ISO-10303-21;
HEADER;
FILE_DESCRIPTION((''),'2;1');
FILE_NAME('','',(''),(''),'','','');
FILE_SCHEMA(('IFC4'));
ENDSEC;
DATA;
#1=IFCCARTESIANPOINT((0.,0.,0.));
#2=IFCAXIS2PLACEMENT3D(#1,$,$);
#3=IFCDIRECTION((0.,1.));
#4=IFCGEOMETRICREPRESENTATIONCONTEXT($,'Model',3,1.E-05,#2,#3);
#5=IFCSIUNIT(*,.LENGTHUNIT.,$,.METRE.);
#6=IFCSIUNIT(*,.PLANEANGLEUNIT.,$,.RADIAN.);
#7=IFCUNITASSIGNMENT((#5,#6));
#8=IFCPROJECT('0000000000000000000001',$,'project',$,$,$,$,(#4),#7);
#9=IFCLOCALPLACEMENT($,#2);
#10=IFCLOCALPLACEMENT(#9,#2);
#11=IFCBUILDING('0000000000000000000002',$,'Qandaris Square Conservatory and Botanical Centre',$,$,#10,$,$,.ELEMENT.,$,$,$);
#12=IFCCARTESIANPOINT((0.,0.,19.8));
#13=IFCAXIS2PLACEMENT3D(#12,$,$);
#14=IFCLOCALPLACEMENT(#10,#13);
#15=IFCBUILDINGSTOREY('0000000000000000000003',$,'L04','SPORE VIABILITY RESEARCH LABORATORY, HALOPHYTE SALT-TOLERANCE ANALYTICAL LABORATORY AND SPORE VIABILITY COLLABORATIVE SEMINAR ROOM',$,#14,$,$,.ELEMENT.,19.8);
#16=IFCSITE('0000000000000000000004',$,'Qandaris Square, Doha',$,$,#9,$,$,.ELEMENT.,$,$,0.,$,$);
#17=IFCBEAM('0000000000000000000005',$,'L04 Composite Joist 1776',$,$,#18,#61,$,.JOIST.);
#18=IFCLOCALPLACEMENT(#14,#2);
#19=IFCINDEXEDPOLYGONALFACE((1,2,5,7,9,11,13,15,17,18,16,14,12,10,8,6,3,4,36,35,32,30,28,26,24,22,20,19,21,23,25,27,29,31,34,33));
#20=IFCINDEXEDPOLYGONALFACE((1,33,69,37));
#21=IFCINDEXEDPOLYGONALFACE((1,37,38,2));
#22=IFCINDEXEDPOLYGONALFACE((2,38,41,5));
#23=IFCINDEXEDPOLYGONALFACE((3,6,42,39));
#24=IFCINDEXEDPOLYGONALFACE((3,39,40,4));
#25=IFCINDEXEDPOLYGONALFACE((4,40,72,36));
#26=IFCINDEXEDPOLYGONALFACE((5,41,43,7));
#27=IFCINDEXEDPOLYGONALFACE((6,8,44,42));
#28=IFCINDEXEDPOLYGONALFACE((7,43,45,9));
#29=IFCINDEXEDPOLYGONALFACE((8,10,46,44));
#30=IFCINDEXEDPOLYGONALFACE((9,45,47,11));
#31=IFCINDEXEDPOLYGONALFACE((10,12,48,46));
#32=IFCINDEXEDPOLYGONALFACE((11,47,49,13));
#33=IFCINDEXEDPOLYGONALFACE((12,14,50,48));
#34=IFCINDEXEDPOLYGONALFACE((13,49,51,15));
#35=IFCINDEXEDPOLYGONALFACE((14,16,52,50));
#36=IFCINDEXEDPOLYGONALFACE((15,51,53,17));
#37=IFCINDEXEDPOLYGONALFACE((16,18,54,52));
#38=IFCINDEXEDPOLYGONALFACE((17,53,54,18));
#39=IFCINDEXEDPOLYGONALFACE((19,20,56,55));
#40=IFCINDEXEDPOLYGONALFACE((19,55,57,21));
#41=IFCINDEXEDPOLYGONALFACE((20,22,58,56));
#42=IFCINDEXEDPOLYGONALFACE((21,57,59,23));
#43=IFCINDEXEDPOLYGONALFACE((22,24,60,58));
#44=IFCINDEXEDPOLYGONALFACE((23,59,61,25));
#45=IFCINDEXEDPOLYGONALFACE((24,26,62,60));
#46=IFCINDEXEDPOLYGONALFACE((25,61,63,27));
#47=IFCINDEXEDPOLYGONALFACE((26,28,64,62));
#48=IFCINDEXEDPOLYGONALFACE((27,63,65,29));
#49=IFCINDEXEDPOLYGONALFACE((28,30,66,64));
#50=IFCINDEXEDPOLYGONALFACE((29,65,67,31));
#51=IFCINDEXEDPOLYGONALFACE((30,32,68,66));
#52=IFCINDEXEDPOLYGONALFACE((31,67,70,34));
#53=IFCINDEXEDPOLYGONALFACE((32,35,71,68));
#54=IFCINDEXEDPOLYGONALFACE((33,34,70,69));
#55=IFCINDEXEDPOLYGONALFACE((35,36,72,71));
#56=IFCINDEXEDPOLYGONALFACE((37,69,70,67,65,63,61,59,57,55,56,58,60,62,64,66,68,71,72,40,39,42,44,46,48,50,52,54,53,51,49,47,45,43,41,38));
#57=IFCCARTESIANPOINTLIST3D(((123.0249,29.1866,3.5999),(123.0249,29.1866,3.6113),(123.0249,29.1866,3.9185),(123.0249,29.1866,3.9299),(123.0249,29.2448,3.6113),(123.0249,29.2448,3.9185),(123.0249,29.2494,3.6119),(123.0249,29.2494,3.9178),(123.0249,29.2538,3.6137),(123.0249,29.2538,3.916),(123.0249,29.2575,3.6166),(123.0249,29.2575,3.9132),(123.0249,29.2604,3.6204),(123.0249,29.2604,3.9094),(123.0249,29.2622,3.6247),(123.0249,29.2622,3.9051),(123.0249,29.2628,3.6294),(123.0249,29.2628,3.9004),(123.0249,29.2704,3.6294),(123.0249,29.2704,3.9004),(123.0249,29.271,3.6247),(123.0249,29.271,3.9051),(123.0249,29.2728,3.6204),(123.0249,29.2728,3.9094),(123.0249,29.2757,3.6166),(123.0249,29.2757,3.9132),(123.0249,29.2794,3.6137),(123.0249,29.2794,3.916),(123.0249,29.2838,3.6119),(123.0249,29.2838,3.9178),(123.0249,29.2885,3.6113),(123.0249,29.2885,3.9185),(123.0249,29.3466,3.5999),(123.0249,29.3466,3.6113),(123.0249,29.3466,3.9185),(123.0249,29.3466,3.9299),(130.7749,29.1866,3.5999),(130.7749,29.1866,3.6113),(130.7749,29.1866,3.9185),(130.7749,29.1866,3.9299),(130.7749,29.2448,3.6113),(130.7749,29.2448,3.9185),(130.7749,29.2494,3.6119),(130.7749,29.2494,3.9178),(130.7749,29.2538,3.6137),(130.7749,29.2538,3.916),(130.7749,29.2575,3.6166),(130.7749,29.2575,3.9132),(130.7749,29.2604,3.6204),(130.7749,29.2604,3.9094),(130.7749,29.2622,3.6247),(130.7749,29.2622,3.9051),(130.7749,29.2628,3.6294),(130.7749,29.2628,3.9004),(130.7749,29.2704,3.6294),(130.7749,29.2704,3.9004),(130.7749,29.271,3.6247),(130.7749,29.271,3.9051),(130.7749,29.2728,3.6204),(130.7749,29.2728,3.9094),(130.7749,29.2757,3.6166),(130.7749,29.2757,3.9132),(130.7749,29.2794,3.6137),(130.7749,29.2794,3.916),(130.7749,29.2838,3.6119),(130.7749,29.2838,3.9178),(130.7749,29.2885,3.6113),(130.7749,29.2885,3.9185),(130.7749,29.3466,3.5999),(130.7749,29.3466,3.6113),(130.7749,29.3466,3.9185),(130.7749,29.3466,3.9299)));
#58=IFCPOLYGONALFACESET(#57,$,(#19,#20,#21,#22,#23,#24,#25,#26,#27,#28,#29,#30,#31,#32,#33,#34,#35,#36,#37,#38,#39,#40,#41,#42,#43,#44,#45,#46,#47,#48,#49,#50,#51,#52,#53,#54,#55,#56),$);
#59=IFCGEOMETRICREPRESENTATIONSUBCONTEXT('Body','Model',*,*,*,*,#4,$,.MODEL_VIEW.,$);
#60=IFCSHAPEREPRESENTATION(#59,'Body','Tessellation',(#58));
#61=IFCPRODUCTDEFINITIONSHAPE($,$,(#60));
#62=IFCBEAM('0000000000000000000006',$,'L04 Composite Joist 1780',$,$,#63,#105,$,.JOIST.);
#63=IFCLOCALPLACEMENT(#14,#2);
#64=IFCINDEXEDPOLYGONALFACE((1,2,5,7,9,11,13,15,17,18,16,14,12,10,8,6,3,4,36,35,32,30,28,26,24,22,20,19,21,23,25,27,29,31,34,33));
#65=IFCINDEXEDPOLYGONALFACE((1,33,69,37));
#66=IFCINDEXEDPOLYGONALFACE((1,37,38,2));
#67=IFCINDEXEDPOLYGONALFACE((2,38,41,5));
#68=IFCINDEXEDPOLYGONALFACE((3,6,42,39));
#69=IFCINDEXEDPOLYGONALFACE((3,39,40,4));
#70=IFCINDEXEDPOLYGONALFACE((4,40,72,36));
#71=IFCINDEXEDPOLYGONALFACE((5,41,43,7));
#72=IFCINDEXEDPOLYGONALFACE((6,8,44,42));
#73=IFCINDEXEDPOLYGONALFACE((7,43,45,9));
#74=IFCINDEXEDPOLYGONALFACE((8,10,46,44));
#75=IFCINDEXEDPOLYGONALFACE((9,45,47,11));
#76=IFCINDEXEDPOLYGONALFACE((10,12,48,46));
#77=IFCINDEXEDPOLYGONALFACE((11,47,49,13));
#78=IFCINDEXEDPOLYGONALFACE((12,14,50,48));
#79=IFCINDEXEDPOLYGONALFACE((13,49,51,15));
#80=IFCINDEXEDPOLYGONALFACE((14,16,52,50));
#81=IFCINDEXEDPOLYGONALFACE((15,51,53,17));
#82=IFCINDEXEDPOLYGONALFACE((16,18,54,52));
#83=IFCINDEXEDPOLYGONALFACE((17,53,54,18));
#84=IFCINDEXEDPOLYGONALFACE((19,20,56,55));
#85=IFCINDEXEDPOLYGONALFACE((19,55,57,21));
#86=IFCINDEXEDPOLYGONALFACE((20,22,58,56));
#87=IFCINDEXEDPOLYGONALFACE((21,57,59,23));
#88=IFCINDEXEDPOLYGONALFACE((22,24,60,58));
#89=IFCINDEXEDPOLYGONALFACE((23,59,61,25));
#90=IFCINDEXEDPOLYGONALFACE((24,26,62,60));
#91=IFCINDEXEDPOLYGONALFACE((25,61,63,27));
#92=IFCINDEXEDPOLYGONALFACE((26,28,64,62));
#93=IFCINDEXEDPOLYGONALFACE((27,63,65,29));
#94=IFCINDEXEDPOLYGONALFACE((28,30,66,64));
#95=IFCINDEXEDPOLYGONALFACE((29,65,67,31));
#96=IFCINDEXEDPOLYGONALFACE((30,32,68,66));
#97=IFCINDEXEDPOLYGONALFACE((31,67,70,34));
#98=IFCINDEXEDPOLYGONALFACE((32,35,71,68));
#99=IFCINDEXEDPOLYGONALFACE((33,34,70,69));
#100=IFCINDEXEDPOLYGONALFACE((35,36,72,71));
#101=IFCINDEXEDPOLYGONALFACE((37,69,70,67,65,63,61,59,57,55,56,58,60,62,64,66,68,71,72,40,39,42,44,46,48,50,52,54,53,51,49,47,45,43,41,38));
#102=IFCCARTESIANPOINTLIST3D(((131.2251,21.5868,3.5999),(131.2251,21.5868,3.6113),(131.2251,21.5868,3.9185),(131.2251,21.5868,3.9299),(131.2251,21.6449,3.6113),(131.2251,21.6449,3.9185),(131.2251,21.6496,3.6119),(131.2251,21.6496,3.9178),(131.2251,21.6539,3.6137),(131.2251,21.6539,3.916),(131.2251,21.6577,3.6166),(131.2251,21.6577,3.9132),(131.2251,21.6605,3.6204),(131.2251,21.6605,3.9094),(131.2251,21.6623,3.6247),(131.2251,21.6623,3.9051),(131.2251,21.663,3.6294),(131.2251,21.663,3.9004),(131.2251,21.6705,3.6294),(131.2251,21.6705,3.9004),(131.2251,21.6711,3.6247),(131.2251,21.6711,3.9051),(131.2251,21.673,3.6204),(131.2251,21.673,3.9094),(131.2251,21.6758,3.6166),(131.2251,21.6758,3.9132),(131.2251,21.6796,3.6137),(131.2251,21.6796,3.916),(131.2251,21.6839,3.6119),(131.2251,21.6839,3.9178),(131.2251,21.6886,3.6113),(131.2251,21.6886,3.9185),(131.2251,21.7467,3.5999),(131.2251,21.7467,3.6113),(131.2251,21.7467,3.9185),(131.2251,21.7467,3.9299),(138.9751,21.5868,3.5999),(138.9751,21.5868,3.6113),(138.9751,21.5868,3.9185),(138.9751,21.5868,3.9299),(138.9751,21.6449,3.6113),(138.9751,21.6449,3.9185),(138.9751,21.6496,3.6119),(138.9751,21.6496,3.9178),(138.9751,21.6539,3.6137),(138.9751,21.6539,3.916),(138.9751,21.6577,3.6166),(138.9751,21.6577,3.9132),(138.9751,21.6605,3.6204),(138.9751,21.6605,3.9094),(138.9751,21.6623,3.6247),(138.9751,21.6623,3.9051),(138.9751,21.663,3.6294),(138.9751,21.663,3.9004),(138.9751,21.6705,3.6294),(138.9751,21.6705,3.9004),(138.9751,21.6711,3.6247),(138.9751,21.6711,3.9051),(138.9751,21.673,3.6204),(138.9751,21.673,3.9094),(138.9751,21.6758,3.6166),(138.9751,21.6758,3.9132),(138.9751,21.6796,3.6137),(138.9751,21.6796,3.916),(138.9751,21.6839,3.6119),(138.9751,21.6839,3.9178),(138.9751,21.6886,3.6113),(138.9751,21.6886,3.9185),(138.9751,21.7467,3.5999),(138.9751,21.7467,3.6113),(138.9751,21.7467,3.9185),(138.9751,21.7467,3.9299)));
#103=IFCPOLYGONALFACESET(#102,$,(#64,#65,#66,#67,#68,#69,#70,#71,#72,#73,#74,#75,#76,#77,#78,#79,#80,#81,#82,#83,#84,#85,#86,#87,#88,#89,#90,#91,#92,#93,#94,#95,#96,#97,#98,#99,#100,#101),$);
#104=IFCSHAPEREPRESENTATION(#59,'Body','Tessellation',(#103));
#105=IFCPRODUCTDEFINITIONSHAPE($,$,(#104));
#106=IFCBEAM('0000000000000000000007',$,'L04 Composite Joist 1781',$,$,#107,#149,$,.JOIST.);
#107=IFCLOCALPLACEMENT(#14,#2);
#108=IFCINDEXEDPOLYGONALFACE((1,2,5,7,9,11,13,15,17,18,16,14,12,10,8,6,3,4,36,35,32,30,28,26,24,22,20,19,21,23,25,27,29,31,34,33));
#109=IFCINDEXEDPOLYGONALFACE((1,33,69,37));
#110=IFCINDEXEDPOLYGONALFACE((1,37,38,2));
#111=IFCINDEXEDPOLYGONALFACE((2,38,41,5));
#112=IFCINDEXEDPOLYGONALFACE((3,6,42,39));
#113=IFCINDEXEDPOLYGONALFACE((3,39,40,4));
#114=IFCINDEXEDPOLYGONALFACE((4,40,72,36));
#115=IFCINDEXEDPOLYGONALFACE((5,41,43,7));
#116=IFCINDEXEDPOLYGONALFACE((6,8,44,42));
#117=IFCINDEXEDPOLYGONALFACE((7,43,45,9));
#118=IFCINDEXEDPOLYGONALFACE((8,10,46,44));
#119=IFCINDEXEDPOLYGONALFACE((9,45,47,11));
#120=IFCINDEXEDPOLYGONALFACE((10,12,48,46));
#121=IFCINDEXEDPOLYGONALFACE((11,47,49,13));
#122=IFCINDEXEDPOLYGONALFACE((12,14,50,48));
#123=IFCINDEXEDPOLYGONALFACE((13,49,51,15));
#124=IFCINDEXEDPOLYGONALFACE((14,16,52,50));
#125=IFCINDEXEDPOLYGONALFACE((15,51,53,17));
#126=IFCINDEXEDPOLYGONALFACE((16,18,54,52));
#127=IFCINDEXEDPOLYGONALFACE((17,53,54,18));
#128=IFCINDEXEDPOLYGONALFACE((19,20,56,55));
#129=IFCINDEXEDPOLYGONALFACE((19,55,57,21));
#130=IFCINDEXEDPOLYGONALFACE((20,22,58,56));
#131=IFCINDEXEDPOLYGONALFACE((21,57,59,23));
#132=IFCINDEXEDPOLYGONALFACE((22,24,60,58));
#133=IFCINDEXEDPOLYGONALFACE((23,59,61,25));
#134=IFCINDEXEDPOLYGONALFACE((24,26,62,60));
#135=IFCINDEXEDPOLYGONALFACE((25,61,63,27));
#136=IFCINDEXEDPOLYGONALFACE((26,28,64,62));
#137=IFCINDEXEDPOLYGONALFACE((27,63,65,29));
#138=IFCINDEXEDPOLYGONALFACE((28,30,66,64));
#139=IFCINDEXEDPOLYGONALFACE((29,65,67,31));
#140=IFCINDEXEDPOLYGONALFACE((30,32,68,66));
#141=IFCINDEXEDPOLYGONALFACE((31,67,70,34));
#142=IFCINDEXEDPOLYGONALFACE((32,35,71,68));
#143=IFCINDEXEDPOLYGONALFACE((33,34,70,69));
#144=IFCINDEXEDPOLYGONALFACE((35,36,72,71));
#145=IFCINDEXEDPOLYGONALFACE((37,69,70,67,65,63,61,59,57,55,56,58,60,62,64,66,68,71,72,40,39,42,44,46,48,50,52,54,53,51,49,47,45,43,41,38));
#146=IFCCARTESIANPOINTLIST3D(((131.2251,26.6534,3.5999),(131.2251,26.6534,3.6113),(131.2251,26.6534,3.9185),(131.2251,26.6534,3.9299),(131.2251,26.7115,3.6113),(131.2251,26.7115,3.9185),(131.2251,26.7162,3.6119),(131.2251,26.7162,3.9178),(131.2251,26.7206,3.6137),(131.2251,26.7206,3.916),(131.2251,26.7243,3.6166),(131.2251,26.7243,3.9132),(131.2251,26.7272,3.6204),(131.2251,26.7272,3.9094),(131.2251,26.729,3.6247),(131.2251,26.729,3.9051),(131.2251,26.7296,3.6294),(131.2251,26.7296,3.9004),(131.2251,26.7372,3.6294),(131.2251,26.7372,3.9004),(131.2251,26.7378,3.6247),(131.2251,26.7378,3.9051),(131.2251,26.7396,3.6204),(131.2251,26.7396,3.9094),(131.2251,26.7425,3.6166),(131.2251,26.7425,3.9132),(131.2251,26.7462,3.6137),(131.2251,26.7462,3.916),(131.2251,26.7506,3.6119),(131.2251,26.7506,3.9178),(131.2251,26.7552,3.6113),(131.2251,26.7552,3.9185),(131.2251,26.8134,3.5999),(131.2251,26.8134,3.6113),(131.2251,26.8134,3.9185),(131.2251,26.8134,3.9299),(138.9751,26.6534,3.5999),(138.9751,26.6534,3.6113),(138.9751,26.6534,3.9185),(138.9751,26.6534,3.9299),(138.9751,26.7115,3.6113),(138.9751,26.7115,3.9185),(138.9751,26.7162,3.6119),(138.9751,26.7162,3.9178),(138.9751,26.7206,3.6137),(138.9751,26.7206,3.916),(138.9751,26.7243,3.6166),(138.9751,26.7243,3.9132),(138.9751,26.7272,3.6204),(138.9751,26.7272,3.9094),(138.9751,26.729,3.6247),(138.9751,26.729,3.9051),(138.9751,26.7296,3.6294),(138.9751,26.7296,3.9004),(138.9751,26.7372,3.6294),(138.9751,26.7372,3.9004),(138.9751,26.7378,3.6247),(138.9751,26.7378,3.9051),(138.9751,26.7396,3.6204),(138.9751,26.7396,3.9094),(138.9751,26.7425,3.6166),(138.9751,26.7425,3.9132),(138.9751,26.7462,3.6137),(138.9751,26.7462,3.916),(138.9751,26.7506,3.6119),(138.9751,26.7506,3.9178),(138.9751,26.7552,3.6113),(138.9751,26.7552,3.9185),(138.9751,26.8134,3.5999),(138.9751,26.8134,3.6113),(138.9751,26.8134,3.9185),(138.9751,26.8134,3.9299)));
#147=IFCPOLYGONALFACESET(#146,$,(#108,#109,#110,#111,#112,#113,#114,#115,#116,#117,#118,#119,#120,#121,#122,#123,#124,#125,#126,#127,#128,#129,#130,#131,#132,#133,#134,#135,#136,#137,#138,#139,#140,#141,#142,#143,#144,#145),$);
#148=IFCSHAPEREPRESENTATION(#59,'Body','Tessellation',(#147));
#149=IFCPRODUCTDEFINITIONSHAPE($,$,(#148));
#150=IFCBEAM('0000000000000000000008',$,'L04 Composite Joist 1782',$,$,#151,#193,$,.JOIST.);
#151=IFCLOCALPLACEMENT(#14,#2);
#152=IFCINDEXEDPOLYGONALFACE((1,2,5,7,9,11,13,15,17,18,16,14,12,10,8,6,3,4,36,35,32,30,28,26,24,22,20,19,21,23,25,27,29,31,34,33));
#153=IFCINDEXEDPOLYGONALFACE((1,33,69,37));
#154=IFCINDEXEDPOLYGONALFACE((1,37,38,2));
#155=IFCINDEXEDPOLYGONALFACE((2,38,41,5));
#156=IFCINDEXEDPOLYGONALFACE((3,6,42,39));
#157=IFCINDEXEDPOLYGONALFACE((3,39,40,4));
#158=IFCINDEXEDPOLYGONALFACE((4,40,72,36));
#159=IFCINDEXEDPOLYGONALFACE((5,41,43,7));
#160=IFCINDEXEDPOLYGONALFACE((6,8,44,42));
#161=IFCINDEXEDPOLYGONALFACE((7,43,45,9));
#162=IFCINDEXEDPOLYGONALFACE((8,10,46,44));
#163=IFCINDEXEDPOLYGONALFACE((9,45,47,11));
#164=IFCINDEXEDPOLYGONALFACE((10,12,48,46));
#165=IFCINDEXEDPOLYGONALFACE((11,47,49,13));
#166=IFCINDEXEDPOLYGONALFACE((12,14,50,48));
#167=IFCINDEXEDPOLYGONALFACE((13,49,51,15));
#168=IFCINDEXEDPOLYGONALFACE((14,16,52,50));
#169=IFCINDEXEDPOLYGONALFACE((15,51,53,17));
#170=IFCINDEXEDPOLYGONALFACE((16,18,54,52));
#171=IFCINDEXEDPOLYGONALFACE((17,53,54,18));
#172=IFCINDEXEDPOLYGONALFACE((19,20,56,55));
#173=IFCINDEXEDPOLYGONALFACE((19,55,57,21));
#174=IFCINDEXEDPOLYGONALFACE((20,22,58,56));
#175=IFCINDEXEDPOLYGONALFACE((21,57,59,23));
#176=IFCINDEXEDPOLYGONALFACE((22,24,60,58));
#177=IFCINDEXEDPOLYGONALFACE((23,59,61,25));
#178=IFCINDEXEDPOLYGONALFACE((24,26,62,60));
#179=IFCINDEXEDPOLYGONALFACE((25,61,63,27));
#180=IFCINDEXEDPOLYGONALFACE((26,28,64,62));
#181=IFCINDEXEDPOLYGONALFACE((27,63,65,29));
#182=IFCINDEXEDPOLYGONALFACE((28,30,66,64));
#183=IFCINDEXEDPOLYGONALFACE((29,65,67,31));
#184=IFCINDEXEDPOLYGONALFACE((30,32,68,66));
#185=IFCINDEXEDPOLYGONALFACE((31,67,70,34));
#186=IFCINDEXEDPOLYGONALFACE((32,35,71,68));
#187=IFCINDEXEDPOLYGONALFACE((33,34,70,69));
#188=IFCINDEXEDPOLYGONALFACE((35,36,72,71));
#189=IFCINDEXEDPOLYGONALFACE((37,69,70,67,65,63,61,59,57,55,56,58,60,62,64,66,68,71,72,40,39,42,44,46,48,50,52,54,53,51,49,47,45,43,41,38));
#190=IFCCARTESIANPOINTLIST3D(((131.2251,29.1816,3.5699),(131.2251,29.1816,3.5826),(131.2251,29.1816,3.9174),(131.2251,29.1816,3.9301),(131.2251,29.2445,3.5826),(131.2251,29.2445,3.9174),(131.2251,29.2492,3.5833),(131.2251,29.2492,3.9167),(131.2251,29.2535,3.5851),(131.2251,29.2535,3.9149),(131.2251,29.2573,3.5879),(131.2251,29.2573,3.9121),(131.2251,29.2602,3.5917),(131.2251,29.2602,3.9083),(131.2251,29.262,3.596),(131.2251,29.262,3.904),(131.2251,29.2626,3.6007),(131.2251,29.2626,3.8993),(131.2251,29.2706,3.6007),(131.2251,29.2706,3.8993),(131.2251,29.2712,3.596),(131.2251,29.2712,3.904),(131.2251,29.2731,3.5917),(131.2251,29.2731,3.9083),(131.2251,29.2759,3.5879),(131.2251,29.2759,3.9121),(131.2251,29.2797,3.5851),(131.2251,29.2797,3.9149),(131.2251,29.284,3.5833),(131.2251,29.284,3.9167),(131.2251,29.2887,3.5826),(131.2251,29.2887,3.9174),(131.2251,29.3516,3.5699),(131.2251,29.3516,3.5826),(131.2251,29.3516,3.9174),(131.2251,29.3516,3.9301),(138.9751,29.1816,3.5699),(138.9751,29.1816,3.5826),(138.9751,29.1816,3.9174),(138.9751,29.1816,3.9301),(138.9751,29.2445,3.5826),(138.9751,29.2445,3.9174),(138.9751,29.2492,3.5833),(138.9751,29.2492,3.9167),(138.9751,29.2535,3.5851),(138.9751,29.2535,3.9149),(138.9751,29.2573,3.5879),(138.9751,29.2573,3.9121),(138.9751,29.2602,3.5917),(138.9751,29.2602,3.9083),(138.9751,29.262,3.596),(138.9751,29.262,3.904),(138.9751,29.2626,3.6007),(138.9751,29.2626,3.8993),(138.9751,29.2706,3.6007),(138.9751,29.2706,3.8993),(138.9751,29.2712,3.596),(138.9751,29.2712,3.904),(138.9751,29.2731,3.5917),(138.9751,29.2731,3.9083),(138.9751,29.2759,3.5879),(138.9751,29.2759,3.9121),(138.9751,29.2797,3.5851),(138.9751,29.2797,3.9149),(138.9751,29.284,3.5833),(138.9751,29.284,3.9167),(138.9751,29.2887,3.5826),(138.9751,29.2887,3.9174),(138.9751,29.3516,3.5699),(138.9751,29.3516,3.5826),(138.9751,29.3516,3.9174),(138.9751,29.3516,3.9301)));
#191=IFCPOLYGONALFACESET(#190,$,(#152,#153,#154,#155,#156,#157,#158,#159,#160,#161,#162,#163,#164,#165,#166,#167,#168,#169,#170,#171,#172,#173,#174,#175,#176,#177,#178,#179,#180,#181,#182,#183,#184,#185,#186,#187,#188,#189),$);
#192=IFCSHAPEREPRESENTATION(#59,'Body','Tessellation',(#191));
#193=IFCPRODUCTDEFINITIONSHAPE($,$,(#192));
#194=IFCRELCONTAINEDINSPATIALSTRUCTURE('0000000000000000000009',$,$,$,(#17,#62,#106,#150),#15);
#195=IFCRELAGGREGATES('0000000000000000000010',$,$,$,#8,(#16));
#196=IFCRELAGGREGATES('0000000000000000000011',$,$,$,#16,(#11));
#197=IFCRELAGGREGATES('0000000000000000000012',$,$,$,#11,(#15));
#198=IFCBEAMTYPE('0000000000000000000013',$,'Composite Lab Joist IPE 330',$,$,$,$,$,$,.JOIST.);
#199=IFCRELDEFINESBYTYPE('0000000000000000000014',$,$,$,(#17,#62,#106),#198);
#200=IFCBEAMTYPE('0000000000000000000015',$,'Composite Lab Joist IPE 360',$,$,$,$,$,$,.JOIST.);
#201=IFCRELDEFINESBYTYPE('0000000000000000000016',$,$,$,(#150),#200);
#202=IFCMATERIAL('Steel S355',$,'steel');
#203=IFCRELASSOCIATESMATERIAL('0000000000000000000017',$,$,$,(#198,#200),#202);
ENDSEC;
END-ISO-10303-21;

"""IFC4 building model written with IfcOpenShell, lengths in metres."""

from ifc_helpers import new_model, si_unit, direction, frame, origin, origin_2d, place, context, subcontext, project, spatial, i_section, extrude, material, material_profile, profile_set, type_object, element, save


model = new_model("IFC4")

# Units and contexts
model_context = context("Model", 3, precision=1e-05, world=origin(), true_north=direction((0.0, 1.0)))
body_context = subcontext(model_context, "Body", "Model", "MODEL_VIEW")
ifc_project = project(units=[si_unit("LENGTHUNIT", "METRE"), si_unit("PLANEANGLEUNIT", "RADIAN")], contexts=[model_context])

# Site, building, storey
site_placement = place(None, origin())
site = spatial("IfcSite", under=ifc_project, at=site_placement, Name="Qandaris Square, Doha", CompositionType="ELEMENT", RefElevation=0.0)
building_placement = place(site_placement, origin())
building = spatial("IfcBuilding", under=site, at=building_placement, Name="Qandaris Square Conservatory and Botanical Centre", CompositionType="ELEMENT")
storey_placement = place(building_placement, frame((0.0, 0.0, 19.8)))
storey = spatial("IfcBuildingStorey", under=building, at=storey_placement, Name="L04", Description="SPORE VIABILITY RESEARCH LABORATORY, HALOPHYTE SALT-TOLERANCE ANALYTICAL LABORATORY AND SPORE VIABILITY COLLABORATIVE SEMINAR ROOM", CompositionType="ELEMENT", Elevation=19.8)

# Beams
ifc_material_1 = material(Name="Steel S355", Category="steel")
ifc_material_profile_1 = material_profile(ifc_material_1, i_section(OverallWidth=0.1599, OverallDepth=0.3301, WebThickness=0.0076, FlangeThickness=0.0115, FilletRadius=0.0181, at=origin_2d()), Name="IPE 330")
ifc_profile_set_1 = profile_set([ifc_material_profile_1], Name="Steel S355")
beam_type_1 = type_object("IfcBeamType", Name="Composite Lab Joist IPE 330", PredefinedType="JOIST", material=ifc_profile_set_1)
for number, where, z_axis, x_axis, name in (
    (1, (123.0249, 29.2666, 3.7649), (1.0, 0.0, 0.0), (0.0, 1.0, 0.0), "L04 Composite Joist 1776"),
    (2, (131.2251, 21.6667, 3.7649), (1.0, 0.0, 0.0), (0.0, 1.0, 0.0), "L04 Composite Joist 1780"),
    (3, (131.2251, 26.7334, 3.7649), (1.0, 0.0, 0.0), (0.0, 1.0, 0.0), "L04 Composite Joist 1781"),
):
    element("IfcBeam", number, at=place(storey_placement, frame(where, z_axis=z_axis, x_axis=x_axis)), inside=storey, type_object=beam_type_1, Name=name, PredefinedType="JOIST", context=body_context, shape_type="SweptSolid", body=[
        extrude(i_section(OverallWidth=0.1599, OverallDepth=0.3301, WebThickness=0.0076, FlangeThickness=0.0115, FilletRadius=0.0181, at=origin_2d()), origin(), (0.0, 0.0, 1.0), 7.75),
    ])
ifc_material_profile_2 = material_profile(ifc_material_1, i_section(OverallWidth=0.1699, OverallDepth=0.3601, WebThickness=0.0081, FlangeThickness=0.0127, FilletRadius=0.0181, at=origin_2d()), Name="IPE 360")
ifc_profile_set_2 = profile_set([ifc_material_profile_2], Name="Steel S355")
beam_type_2 = type_object("IfcBeamType", Name="Composite Lab Joist IPE 360", PredefinedType="JOIST", material=ifc_profile_set_2)
beam_1_placement = place(storey_placement, frame((131.2251, 29.2666, 3.75), z_axis=(1.0, 0.0, 0.0), x_axis=(0.0, 1.0, 0.0)))
element("IfcBeam", 4, at=beam_1_placement, inside=storey, type_object=beam_type_2, Name="L04 Composite Joist 1782", PredefinedType="JOIST", context=body_context, shape_type="SweptSolid", body=[
    extrude(i_section(OverallWidth=0.1699, OverallDepth=0.3601, WebThickness=0.0081, FlangeThickness=0.0127, FilletRadius=0.0181, at=origin_2d()), origin(), (0.0, 0.0, 1.0), 7.75),
])

save(model, "model.ifc")
